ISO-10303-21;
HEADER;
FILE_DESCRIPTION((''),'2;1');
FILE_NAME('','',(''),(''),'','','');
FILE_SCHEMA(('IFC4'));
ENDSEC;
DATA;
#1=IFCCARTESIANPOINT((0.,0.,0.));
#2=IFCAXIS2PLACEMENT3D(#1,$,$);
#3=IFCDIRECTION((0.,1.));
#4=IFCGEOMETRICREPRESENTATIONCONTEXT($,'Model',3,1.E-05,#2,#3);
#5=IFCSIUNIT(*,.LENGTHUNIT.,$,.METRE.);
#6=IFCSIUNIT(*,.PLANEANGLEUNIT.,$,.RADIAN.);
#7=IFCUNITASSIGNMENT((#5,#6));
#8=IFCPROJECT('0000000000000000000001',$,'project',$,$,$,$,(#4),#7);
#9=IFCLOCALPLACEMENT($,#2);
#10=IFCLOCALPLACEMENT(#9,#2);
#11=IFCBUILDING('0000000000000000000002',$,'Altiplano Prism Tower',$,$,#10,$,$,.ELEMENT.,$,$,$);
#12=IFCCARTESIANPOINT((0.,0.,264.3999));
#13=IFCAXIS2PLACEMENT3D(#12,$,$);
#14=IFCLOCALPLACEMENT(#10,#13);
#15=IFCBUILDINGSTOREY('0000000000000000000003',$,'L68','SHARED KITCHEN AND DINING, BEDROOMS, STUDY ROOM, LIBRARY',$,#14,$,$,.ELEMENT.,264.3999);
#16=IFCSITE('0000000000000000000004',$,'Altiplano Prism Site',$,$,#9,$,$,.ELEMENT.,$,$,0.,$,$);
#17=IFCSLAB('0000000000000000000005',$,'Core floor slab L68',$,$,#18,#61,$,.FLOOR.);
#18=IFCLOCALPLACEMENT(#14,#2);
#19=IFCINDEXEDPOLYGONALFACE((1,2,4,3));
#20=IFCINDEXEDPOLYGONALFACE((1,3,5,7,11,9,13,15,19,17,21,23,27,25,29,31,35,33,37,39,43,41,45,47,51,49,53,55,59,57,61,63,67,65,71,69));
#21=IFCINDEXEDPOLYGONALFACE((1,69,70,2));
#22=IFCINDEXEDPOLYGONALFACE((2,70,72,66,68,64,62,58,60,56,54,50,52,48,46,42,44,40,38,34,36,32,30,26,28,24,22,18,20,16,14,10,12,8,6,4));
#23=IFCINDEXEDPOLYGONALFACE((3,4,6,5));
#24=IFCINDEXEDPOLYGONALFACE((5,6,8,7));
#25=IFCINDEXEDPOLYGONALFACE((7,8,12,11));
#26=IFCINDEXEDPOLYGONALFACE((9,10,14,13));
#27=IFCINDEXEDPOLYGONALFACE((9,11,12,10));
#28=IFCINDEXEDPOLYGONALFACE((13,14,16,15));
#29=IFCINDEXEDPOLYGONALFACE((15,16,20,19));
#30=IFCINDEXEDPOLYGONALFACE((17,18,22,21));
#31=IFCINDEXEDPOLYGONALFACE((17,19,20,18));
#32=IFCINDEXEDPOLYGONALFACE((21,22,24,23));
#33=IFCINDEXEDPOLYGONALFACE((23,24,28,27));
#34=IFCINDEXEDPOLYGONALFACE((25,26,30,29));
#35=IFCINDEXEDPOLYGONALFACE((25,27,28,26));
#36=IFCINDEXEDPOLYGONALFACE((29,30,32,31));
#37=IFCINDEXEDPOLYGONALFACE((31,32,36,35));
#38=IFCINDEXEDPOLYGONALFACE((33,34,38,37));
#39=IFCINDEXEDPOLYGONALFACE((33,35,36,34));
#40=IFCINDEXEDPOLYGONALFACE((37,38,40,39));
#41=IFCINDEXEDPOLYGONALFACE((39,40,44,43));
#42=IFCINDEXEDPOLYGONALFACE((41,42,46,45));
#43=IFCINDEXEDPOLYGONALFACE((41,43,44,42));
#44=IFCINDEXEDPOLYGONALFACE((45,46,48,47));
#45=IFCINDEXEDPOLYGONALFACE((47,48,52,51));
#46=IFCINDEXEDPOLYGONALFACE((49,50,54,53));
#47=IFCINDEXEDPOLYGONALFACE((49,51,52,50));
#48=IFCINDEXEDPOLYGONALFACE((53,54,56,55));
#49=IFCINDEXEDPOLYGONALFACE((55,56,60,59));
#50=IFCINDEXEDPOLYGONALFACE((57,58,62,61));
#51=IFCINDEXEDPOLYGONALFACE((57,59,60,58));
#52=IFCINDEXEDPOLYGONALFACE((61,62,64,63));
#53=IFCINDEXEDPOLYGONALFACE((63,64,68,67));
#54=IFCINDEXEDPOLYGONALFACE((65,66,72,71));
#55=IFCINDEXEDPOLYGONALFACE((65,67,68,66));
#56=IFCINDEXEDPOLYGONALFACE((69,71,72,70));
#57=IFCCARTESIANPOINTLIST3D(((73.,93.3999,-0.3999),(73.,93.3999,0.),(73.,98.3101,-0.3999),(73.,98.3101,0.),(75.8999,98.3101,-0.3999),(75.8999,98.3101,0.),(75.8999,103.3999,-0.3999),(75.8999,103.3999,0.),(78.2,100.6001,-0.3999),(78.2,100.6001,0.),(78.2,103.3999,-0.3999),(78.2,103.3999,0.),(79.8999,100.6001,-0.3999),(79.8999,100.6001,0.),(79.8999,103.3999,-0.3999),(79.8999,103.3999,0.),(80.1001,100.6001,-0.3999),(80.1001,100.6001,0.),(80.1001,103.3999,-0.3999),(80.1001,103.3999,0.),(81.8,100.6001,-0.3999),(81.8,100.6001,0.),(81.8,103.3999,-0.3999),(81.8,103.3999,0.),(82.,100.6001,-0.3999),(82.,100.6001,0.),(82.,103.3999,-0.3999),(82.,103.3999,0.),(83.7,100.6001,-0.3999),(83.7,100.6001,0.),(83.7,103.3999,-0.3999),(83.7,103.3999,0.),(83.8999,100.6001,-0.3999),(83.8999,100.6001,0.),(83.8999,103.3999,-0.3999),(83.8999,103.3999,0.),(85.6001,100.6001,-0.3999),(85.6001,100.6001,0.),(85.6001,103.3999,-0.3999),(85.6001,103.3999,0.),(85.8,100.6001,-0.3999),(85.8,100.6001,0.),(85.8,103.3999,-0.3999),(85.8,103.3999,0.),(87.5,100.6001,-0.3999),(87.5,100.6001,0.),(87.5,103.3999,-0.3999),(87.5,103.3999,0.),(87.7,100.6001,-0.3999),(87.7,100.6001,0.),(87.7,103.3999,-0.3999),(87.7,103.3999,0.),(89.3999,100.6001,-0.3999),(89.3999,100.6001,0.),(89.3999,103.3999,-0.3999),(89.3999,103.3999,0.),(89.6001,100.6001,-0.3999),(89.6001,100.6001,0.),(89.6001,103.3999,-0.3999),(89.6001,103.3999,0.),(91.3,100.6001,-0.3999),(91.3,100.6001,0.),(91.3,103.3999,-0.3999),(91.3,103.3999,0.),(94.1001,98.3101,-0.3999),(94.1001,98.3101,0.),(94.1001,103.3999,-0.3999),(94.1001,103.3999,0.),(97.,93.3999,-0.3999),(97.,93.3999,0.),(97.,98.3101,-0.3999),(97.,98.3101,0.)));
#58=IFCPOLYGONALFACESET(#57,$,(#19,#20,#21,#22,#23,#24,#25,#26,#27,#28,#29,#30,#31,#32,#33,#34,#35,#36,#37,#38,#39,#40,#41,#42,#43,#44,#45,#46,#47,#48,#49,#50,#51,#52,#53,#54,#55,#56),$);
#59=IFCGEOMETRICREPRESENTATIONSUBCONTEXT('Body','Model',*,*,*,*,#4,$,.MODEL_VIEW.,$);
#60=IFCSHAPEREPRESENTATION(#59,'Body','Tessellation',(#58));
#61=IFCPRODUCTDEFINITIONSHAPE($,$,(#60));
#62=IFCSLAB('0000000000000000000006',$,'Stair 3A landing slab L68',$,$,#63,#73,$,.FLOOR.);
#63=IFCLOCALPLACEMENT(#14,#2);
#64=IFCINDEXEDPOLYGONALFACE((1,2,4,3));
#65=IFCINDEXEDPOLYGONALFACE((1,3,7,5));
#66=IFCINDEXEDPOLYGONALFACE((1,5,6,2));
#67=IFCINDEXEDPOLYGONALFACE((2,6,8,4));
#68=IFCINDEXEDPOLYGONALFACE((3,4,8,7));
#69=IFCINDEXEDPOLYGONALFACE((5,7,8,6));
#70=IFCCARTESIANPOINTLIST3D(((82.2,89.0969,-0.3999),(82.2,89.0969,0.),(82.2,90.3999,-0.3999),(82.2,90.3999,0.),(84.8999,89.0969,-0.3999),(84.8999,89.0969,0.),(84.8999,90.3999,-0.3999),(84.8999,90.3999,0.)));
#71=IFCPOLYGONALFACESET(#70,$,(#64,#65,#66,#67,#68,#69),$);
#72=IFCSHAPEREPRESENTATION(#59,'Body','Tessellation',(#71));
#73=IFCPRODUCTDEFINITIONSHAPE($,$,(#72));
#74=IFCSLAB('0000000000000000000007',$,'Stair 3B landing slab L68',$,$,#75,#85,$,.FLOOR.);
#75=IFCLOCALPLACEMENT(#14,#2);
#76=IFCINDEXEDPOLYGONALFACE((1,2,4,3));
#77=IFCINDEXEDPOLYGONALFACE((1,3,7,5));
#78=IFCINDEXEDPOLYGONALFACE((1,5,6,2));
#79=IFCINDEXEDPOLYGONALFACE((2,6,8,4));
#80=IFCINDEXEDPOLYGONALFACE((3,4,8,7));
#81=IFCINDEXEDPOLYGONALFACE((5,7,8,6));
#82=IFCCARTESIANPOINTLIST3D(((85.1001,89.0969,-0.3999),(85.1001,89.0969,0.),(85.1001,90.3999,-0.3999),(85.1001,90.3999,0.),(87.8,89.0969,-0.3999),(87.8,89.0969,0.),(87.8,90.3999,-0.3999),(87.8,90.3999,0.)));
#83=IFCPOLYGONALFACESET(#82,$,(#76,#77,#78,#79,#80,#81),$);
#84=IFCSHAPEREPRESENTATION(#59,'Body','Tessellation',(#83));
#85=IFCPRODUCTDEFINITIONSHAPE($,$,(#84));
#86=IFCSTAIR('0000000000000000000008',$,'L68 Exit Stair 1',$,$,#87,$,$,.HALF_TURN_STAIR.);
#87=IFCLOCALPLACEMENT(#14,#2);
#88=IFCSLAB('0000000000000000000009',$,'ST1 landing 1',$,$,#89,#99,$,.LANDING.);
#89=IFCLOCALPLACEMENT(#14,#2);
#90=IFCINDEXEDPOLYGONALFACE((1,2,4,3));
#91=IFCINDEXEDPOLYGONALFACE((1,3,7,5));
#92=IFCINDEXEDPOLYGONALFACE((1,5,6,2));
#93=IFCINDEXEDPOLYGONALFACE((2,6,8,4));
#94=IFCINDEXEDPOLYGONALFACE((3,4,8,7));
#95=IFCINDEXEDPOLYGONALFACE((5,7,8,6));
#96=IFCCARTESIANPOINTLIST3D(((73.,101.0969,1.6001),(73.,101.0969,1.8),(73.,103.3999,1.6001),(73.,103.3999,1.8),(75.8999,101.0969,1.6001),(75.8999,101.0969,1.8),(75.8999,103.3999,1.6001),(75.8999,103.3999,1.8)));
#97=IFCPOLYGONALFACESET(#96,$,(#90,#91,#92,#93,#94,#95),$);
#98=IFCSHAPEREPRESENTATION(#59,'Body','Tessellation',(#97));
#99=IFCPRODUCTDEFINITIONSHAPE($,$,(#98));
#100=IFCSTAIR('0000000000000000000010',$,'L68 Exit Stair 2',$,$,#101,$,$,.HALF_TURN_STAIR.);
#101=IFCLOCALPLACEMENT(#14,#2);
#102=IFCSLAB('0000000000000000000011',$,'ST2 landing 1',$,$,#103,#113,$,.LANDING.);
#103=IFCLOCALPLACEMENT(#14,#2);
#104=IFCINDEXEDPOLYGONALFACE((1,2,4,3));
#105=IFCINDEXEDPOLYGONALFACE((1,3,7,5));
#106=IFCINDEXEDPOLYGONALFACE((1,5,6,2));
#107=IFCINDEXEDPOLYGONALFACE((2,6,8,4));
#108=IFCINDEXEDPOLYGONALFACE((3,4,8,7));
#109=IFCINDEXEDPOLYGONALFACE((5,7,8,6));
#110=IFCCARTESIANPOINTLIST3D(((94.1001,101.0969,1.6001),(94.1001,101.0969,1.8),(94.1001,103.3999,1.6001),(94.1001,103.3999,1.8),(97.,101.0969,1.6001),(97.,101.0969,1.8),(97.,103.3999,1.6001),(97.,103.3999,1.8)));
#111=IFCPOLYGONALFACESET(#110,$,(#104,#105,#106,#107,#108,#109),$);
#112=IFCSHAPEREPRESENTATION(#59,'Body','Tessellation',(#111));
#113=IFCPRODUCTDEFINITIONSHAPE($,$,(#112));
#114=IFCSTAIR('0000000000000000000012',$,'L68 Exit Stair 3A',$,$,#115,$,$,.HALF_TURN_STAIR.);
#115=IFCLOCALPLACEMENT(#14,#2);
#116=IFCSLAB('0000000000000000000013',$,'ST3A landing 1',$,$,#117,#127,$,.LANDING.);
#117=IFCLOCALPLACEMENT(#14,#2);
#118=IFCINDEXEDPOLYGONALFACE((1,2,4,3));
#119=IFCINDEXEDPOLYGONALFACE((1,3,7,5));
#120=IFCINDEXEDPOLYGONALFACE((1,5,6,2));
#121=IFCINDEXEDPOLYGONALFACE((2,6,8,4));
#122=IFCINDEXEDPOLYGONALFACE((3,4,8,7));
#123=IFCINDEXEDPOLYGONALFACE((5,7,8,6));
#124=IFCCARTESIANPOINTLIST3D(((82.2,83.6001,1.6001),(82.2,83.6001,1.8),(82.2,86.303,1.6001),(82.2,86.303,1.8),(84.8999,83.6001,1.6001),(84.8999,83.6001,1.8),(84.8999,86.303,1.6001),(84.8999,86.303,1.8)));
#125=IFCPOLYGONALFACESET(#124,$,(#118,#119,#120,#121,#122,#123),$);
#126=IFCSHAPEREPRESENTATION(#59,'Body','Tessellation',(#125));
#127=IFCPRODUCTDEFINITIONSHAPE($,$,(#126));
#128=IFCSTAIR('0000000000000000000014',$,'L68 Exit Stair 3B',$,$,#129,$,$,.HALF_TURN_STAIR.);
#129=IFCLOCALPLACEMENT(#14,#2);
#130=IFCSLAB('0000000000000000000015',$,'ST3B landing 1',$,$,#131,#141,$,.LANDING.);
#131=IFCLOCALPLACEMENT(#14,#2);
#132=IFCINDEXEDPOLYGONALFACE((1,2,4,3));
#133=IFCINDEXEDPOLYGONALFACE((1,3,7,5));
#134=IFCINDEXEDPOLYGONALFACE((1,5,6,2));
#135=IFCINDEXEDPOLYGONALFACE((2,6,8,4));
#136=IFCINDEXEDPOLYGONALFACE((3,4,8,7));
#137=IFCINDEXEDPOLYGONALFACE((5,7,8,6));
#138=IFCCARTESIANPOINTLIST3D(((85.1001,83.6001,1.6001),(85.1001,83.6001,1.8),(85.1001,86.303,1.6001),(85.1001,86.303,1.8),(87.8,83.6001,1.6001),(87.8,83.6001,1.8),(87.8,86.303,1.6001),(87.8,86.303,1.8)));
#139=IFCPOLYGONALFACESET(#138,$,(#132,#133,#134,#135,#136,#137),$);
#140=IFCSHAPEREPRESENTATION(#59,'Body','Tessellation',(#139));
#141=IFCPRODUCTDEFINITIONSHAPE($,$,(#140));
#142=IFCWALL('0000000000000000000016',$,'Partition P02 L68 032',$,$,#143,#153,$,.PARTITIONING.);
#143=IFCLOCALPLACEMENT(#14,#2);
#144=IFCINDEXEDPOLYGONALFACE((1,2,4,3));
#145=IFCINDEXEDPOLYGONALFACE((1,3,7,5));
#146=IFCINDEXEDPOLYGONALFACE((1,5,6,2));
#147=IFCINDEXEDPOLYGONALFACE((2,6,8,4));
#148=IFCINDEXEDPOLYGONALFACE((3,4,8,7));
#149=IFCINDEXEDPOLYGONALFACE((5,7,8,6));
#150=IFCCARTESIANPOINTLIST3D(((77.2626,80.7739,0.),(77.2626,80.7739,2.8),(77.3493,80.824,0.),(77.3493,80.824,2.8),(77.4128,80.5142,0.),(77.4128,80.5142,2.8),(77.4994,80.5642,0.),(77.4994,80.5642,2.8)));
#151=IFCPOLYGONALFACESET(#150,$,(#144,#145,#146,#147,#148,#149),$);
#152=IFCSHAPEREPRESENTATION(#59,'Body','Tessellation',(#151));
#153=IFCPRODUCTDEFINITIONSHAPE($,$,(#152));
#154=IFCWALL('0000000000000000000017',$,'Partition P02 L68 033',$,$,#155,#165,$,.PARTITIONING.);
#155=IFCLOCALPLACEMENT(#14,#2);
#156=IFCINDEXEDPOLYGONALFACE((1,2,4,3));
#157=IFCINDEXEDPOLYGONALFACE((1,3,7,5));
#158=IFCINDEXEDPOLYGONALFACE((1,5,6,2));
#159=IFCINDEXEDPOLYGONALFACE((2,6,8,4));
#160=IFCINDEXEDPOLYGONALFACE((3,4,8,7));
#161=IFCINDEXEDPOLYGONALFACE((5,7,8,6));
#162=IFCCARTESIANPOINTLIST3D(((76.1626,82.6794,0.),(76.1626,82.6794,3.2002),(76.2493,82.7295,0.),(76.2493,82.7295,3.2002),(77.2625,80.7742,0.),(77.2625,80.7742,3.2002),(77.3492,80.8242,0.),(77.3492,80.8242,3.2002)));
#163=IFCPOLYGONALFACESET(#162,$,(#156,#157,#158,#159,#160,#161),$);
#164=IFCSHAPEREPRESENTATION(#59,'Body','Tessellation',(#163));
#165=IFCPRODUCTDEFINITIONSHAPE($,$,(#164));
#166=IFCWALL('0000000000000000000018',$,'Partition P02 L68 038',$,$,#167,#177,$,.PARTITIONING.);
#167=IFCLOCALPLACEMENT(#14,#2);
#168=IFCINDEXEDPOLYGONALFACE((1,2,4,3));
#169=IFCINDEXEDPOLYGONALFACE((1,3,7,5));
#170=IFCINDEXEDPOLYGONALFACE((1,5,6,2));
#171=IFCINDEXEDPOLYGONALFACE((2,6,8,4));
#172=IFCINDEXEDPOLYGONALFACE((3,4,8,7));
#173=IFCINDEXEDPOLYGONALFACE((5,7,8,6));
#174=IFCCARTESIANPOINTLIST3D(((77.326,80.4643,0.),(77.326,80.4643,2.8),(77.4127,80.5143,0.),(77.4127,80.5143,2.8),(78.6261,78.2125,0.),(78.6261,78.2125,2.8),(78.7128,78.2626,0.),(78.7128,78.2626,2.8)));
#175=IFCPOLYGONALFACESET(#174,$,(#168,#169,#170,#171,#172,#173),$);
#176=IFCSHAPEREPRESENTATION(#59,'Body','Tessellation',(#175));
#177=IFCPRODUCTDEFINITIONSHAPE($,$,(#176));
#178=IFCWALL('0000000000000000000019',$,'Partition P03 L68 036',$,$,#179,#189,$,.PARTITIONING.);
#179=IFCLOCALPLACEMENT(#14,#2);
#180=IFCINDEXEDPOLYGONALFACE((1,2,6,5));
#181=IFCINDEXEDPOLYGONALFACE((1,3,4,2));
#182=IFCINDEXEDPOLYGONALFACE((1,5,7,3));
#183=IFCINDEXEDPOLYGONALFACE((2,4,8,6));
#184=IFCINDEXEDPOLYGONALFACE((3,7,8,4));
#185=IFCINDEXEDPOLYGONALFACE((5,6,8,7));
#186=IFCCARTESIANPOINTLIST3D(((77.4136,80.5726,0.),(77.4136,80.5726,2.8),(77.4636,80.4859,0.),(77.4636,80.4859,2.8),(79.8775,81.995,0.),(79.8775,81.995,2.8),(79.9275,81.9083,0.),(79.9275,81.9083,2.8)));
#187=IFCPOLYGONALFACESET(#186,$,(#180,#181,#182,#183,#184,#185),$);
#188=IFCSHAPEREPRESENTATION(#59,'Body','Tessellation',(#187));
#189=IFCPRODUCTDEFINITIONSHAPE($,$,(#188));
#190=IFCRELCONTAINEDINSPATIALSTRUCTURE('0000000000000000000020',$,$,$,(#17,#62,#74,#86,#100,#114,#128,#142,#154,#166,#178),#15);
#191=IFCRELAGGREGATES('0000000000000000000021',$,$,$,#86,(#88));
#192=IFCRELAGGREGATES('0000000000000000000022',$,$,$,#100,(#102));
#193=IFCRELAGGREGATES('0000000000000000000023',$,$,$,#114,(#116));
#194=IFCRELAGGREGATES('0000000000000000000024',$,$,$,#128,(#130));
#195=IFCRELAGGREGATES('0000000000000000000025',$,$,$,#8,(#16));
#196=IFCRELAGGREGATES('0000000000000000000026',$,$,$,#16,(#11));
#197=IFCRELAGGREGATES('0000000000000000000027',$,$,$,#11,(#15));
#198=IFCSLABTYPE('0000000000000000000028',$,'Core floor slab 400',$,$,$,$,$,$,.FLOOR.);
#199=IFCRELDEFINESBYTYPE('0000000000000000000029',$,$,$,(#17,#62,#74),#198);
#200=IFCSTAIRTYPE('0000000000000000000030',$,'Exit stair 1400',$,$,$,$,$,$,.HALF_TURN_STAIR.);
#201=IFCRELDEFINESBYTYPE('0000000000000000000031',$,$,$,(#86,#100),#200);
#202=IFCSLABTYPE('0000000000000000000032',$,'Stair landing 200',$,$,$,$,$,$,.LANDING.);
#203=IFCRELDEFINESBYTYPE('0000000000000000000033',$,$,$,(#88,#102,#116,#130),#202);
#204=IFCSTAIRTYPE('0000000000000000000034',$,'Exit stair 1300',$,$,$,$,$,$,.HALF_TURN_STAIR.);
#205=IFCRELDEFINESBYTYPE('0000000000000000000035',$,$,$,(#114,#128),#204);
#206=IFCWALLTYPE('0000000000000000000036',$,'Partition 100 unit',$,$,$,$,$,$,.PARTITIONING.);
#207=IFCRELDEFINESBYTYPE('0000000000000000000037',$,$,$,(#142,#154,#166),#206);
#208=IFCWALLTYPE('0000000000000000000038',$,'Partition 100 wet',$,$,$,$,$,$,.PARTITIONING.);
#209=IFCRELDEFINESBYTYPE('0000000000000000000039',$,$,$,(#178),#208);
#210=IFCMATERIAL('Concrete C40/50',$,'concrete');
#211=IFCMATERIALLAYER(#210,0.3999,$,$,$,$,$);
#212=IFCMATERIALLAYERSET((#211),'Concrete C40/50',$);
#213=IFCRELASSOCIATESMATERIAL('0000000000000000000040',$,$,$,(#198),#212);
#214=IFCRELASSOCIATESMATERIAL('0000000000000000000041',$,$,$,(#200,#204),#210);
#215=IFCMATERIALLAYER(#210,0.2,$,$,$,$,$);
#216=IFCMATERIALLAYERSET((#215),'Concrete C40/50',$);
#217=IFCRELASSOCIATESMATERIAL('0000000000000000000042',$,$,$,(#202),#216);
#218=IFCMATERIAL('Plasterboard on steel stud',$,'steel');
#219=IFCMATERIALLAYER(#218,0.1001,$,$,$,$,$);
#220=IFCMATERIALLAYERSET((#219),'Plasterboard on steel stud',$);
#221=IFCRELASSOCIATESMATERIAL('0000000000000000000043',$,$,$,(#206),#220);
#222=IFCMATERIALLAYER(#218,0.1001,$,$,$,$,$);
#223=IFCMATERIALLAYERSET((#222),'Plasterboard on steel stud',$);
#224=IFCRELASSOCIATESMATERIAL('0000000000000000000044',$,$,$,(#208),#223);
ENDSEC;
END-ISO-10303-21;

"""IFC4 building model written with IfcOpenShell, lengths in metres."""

from ifc_helpers import new_model, si_unit, direction, frame, frame_2d, origin, place, context, subcontext, project, spatial, polyline, rectangle, outline, extrude, material, layer, layer_set, type_object, element, aggregate, save


model = new_model("IFC4")

# Units and contexts
model_context = context("Model", 3, precision=1e-05, world=origin(), true_north=direction((0.0, 1.0)))
body_context = subcontext(model_context, "Body", "Model", "MODEL_VIEW")
ifc_project = project(units=[si_unit("LENGTHUNIT", "METRE"), si_unit("PLANEANGLEUNIT", "RADIAN")], contexts=[model_context])

# Site, building, storey
site_placement = place(None, origin())
site = spatial("IfcSite", under=ifc_project, at=site_placement, Name="Altiplano Prism Site", CompositionType="ELEMENT", RefElevation=0.0)
building_placement = place(site_placement, origin())
building = spatial("IfcBuilding", under=site, at=building_placement, Name="Altiplano Prism Tower", CompositionType="ELEMENT")
storey_placement = place(building_placement, frame((0.0, 0.0, 264.3999)))
storey = spatial("IfcBuildingStorey", under=building, at=storey_placement, Name="L68", Description="SHARED KITCHEN AND DINING, BEDROOMS, STUDY ROOM, LIBRARY", CompositionType="ELEMENT", Elevation=264.3999)

# Slabs
ifc_material_1 = material(Name="Concrete C40/50", Category="concrete")
ifc_layer_1 = layer(ifc_material_1, 0.3999)
ifc_layer_set_1 = layer_set([ifc_layer_1], Name="Concrete C40/50")
slab_type_1 = type_object("IfcSlabType", Name="Core floor slab 400", PredefinedType="FLOOR", material=ifc_layer_set_1)
slab_1_placement = place(storey_placement, frame((0.0, 0.0, -0.3999)))
element("IfcSlab", 1, at=slab_1_placement, inside=storey, type_object=slab_type_1, Name="Core floor slab L68", PredefinedType="FLOOR", context=body_context, shape_type="SweptSolid", body=[
    extrude(outline(polyline([(97.0, 98.3101), (94.1001, 98.3101), (94.1001, 103.3999), (91.3, 103.3999), (91.3, 100.6001), (89.6001, 100.6001), (89.6001, 103.3999), (89.3999, 103.3999), (89.3999, 100.6001), (87.7, 100.6001), (87.7, 103.3999), (87.5, 103.3999), (87.5, 100.6001), (85.8, 100.6001), (85.8, 103.3999), (85.6001, 103.3999), (85.6001, 100.6001), (83.8999, 100.6001), (83.8999, 103.3999), (83.7, 103.3999), (83.7, 100.6001), (82.0, 100.6001), (82.0, 103.3999), (81.8, 103.3999), (81.8, 100.6001), (80.1001, 100.6001), (80.1001, 103.3999), (79.8999, 103.3999), (79.8999, 100.6001), (78.2, 100.6001), (78.2, 103.3999), (75.8999, 103.3999), (75.8999, 98.3101), (73.0, 98.3101), (73.0, 93.3999), (97.0, 93.3999), (97.0, 98.3101)])), origin(), (0.0, 0.0, 1.0), 0.3999),
])
slab_2_placement = place(storey_placement, frame((0.0, 0.0, -0.3999)))
element("IfcSlab", 2, at=slab_2_placement, inside=storey, type_object=slab_type_1, Name="Stair 3A landing slab L68", PredefinedType="FLOOR", context=body_context, shape_type="SweptSolid", body=[
    extrude(outline(polyline([(82.2, 89.0969), (84.8999, 89.0969), (84.8999, 90.3999), (82.2, 90.3999), (82.2, 89.0969)])), origin(), (0.0, 0.0, 1.0), 0.3999),
])
slab_3_placement = place(storey_placement, frame((0.0, 0.0, -0.3999)))
element("IfcSlab", 3, at=slab_3_placement, inside=storey, type_object=slab_type_1, Name="Stair 3B landing slab L68", PredefinedType="FLOOR", context=body_context, shape_type="SweptSolid", body=[
    extrude(outline(polyline([(85.1001, 89.0969), (87.8, 89.0969), (87.8, 90.3999), (85.1001, 90.3999), (85.1001, 89.0969)])), origin(), (0.0, 0.0, 1.0), 0.3999),
])

# Stairs, slabs
stair_type_1 = type_object("IfcStairType", Name="Exit stair 1400", PredefinedType="HALF_TURN_STAIR", material=ifc_material_1)
stair_1_placement = place(storey_placement, origin())
stair_1 = element("IfcStair", 4, at=stair_1_placement, inside=storey, type_object=stair_type_1, Name="L68 Exit Stair 1", PredefinedType="HALF_TURN_STAIR")
ifc_layer_2 = layer(ifc_material_1, 0.2)
ifc_layer_set_2 = layer_set([ifc_layer_2], Name="Concrete C40/50")
slab_type_2 = type_object("IfcSlabType", Name="Stair landing 200", PredefinedType="LANDING", material=ifc_layer_set_2)
slab_4_placement = place(storey_placement, frame((0.0, 0.0, 1.6001)))
slab_4 = element("IfcSlab", 5, at=slab_4_placement, type_object=slab_type_2, Name="ST1 landing 1", PredefinedType="LANDING", context=body_context, shape_type="SweptSolid", body=[
    extrude(outline(polyline([(75.8999, 101.0969), (75.8999, 103.3999), (73.0, 103.3999), (73.0, 101.0969), (75.8999, 101.0969)])), origin(), (0.0, 0.0, 1.0), 0.2),
])
aggregate(stair_1, [slab_4])
stair_2_placement = place(storey_placement, origin())
stair_2 = element("IfcStair", 6, at=stair_2_placement, inside=storey, type_object=stair_type_1, Name="L68 Exit Stair 2", PredefinedType="HALF_TURN_STAIR")
slab_5_placement = place(storey_placement, frame((0.0, 0.0, 1.6001)))
slab_5 = element("IfcSlab", 7, at=slab_5_placement, type_object=slab_type_2, Name="ST2 landing 1", PredefinedType="LANDING", context=body_context, shape_type="SweptSolid", body=[
    extrude(outline(polyline([(97.0, 101.0969), (97.0, 103.3999), (94.1001, 103.3999), (94.1001, 101.0969), (97.0, 101.0969)])), origin(), (0.0, 0.0, 1.0), 0.2),
])
aggregate(stair_2, [slab_5])
stair_type_2 = type_object("IfcStairType", Name="Exit stair 1300", PredefinedType="HALF_TURN_STAIR", material=ifc_material_1)
stair_3_placement = place(storey_placement, origin())
stair_3 = element("IfcStair", 8, at=stair_3_placement, inside=storey, type_object=stair_type_2, Name="L68 Exit Stair 3A", PredefinedType="HALF_TURN_STAIR")
slab_6_placement = place(storey_placement, frame((0.0, 0.0, 1.6001)))
slab_6 = element("IfcSlab", 9, at=slab_6_placement, type_object=slab_type_2, Name="ST3A landing 1", PredefinedType="LANDING", context=body_context, shape_type="SweptSolid", body=[
    extrude(outline(polyline([(82.2, 86.303), (82.2, 83.6001), (84.8999, 83.6001), (84.8999, 86.303), (82.2, 86.303)])), origin(), (0.0, 0.0, 1.0), 0.2),
])
aggregate(stair_3, [slab_6])
stair_4_placement = place(storey_placement, origin())
stair_4 = element("IfcStair", 10, at=stair_4_placement, inside=storey, type_object=stair_type_2, Name="L68 Exit Stair 3B", PredefinedType="HALF_TURN_STAIR")
slab_7_placement = place(storey_placement, frame((0.0, 0.0, 1.6001)))
slab_7 = element("IfcSlab", 11, at=slab_7_placement, type_object=slab_type_2, Name="ST3B landing 1", PredefinedType="LANDING", context=body_context, shape_type="SweptSolid", body=[
    extrude(outline(polyline([(85.1001, 86.303), (85.1001, 83.6001), (87.8, 83.6001), (87.8, 86.303), (85.1001, 86.303)])), origin(), (0.0, 0.0, 1.0), 0.2),
])
aggregate(stair_4, [slab_7])

# Walls
ifc_material_2 = material(Name="Plasterboard on steel stud", Category="steel")
ifc_layer_3 = layer(ifc_material_2, 0.1001)
ifc_layer_set_3 = layer_set([ifc_layer_3], Name="Plasterboard on steel stud")
wall_type_1 = type_object("IfcWallType", Name="Partition 100 unit", PredefinedType="PARTITIONING", material=ifc_layer_set_3)
wall_1_placement = place(storey_placement, frame((77.4561, 80.5393, 0.0), z_axis=(0.0, 0.0, 1.0), x_axis=(-0.500427, 0.865779, 0.0)))
element("IfcWall", 12, at=wall_1_placement, inside=storey, type_object=wall_type_1, Name="Partition P02 L68 032", PredefinedType="PARTITIONING", context=body_context, shape_type="SweptSolid", body=[
    extrude(rectangle(XDim=0.3, YDim=0.1001, at=frame_2d((0.1499, 0.0))), origin(), (0.0, 0.0, 1.0), 2.8),
])
wall_2_placement = place(storey_placement, frame((77.3059, 80.7991, 0.0), z_axis=(0.0, 0.0, 1.0), x_axis=(-0.499947, 0.866056, 0.0)))
element("IfcWall", 13, at=wall_2_placement, inside=storey, type_object=wall_type_1, Name="Partition P02 L68 033", PredefinedType="PARTITIONING", context=body_context, shape_type="SweptSolid", body=[
    extrude(rectangle(XDim=2.2, YDim=0.1001, at=frame_2d((1.1001, 0.0))), origin(), (0.0, 0.0, 1.0), 3.2002),
])
wall_3_placement = place(storey_placement, frame((78.6694, 78.2375, 0.0), z_axis=(0.0, 0.0, 1.0), x_axis=(-0.500007, 0.866021, 0.0)))
element("IfcWall", 14, at=wall_3_placement, inside=storey, type_object=wall_type_1, Name="Partition P02 L68 038", PredefinedType="PARTITIONING", context=body_context, shape_type="SweptSolid", body=[
    extrude(rectangle(XDim=2.6001, YDim=0.1001, at=frame_2d((1.3, 0.0))), origin(), (0.0, 0.0, 1.0), 2.8),
])
ifc_layer_4 = layer(ifc_material_2, 0.1001)
ifc_layer_set_4 = layer_set([ifc_layer_4], Name="Plasterboard on steel stud")
wall_type_2 = type_object("IfcWallType", Name="Partition 100 wet", PredefinedType="PARTITIONING", material=ifc_layer_set_4)
wall_4_placement = place(storey_placement, frame((77.4387, 80.5293, 0.0), z_axis=(0.0, 0.0, 1.0), x_axis=(0.866048, 0.49996, 0.0)))
element("IfcWall", 15, at=wall_4_placement, inside=storey, type_object=wall_type_2, Name="Partition P03 L68 036", PredefinedType="PARTITIONING", context=body_context, shape_type="SweptSolid", body=[
    extrude(rectangle(XDim=2.845, YDim=0.1001, at=frame_2d((1.4224, 0.0))), origin(), (0.0, 0.0, 1.0), 2.8),
])

save(model, "model.ifc")
